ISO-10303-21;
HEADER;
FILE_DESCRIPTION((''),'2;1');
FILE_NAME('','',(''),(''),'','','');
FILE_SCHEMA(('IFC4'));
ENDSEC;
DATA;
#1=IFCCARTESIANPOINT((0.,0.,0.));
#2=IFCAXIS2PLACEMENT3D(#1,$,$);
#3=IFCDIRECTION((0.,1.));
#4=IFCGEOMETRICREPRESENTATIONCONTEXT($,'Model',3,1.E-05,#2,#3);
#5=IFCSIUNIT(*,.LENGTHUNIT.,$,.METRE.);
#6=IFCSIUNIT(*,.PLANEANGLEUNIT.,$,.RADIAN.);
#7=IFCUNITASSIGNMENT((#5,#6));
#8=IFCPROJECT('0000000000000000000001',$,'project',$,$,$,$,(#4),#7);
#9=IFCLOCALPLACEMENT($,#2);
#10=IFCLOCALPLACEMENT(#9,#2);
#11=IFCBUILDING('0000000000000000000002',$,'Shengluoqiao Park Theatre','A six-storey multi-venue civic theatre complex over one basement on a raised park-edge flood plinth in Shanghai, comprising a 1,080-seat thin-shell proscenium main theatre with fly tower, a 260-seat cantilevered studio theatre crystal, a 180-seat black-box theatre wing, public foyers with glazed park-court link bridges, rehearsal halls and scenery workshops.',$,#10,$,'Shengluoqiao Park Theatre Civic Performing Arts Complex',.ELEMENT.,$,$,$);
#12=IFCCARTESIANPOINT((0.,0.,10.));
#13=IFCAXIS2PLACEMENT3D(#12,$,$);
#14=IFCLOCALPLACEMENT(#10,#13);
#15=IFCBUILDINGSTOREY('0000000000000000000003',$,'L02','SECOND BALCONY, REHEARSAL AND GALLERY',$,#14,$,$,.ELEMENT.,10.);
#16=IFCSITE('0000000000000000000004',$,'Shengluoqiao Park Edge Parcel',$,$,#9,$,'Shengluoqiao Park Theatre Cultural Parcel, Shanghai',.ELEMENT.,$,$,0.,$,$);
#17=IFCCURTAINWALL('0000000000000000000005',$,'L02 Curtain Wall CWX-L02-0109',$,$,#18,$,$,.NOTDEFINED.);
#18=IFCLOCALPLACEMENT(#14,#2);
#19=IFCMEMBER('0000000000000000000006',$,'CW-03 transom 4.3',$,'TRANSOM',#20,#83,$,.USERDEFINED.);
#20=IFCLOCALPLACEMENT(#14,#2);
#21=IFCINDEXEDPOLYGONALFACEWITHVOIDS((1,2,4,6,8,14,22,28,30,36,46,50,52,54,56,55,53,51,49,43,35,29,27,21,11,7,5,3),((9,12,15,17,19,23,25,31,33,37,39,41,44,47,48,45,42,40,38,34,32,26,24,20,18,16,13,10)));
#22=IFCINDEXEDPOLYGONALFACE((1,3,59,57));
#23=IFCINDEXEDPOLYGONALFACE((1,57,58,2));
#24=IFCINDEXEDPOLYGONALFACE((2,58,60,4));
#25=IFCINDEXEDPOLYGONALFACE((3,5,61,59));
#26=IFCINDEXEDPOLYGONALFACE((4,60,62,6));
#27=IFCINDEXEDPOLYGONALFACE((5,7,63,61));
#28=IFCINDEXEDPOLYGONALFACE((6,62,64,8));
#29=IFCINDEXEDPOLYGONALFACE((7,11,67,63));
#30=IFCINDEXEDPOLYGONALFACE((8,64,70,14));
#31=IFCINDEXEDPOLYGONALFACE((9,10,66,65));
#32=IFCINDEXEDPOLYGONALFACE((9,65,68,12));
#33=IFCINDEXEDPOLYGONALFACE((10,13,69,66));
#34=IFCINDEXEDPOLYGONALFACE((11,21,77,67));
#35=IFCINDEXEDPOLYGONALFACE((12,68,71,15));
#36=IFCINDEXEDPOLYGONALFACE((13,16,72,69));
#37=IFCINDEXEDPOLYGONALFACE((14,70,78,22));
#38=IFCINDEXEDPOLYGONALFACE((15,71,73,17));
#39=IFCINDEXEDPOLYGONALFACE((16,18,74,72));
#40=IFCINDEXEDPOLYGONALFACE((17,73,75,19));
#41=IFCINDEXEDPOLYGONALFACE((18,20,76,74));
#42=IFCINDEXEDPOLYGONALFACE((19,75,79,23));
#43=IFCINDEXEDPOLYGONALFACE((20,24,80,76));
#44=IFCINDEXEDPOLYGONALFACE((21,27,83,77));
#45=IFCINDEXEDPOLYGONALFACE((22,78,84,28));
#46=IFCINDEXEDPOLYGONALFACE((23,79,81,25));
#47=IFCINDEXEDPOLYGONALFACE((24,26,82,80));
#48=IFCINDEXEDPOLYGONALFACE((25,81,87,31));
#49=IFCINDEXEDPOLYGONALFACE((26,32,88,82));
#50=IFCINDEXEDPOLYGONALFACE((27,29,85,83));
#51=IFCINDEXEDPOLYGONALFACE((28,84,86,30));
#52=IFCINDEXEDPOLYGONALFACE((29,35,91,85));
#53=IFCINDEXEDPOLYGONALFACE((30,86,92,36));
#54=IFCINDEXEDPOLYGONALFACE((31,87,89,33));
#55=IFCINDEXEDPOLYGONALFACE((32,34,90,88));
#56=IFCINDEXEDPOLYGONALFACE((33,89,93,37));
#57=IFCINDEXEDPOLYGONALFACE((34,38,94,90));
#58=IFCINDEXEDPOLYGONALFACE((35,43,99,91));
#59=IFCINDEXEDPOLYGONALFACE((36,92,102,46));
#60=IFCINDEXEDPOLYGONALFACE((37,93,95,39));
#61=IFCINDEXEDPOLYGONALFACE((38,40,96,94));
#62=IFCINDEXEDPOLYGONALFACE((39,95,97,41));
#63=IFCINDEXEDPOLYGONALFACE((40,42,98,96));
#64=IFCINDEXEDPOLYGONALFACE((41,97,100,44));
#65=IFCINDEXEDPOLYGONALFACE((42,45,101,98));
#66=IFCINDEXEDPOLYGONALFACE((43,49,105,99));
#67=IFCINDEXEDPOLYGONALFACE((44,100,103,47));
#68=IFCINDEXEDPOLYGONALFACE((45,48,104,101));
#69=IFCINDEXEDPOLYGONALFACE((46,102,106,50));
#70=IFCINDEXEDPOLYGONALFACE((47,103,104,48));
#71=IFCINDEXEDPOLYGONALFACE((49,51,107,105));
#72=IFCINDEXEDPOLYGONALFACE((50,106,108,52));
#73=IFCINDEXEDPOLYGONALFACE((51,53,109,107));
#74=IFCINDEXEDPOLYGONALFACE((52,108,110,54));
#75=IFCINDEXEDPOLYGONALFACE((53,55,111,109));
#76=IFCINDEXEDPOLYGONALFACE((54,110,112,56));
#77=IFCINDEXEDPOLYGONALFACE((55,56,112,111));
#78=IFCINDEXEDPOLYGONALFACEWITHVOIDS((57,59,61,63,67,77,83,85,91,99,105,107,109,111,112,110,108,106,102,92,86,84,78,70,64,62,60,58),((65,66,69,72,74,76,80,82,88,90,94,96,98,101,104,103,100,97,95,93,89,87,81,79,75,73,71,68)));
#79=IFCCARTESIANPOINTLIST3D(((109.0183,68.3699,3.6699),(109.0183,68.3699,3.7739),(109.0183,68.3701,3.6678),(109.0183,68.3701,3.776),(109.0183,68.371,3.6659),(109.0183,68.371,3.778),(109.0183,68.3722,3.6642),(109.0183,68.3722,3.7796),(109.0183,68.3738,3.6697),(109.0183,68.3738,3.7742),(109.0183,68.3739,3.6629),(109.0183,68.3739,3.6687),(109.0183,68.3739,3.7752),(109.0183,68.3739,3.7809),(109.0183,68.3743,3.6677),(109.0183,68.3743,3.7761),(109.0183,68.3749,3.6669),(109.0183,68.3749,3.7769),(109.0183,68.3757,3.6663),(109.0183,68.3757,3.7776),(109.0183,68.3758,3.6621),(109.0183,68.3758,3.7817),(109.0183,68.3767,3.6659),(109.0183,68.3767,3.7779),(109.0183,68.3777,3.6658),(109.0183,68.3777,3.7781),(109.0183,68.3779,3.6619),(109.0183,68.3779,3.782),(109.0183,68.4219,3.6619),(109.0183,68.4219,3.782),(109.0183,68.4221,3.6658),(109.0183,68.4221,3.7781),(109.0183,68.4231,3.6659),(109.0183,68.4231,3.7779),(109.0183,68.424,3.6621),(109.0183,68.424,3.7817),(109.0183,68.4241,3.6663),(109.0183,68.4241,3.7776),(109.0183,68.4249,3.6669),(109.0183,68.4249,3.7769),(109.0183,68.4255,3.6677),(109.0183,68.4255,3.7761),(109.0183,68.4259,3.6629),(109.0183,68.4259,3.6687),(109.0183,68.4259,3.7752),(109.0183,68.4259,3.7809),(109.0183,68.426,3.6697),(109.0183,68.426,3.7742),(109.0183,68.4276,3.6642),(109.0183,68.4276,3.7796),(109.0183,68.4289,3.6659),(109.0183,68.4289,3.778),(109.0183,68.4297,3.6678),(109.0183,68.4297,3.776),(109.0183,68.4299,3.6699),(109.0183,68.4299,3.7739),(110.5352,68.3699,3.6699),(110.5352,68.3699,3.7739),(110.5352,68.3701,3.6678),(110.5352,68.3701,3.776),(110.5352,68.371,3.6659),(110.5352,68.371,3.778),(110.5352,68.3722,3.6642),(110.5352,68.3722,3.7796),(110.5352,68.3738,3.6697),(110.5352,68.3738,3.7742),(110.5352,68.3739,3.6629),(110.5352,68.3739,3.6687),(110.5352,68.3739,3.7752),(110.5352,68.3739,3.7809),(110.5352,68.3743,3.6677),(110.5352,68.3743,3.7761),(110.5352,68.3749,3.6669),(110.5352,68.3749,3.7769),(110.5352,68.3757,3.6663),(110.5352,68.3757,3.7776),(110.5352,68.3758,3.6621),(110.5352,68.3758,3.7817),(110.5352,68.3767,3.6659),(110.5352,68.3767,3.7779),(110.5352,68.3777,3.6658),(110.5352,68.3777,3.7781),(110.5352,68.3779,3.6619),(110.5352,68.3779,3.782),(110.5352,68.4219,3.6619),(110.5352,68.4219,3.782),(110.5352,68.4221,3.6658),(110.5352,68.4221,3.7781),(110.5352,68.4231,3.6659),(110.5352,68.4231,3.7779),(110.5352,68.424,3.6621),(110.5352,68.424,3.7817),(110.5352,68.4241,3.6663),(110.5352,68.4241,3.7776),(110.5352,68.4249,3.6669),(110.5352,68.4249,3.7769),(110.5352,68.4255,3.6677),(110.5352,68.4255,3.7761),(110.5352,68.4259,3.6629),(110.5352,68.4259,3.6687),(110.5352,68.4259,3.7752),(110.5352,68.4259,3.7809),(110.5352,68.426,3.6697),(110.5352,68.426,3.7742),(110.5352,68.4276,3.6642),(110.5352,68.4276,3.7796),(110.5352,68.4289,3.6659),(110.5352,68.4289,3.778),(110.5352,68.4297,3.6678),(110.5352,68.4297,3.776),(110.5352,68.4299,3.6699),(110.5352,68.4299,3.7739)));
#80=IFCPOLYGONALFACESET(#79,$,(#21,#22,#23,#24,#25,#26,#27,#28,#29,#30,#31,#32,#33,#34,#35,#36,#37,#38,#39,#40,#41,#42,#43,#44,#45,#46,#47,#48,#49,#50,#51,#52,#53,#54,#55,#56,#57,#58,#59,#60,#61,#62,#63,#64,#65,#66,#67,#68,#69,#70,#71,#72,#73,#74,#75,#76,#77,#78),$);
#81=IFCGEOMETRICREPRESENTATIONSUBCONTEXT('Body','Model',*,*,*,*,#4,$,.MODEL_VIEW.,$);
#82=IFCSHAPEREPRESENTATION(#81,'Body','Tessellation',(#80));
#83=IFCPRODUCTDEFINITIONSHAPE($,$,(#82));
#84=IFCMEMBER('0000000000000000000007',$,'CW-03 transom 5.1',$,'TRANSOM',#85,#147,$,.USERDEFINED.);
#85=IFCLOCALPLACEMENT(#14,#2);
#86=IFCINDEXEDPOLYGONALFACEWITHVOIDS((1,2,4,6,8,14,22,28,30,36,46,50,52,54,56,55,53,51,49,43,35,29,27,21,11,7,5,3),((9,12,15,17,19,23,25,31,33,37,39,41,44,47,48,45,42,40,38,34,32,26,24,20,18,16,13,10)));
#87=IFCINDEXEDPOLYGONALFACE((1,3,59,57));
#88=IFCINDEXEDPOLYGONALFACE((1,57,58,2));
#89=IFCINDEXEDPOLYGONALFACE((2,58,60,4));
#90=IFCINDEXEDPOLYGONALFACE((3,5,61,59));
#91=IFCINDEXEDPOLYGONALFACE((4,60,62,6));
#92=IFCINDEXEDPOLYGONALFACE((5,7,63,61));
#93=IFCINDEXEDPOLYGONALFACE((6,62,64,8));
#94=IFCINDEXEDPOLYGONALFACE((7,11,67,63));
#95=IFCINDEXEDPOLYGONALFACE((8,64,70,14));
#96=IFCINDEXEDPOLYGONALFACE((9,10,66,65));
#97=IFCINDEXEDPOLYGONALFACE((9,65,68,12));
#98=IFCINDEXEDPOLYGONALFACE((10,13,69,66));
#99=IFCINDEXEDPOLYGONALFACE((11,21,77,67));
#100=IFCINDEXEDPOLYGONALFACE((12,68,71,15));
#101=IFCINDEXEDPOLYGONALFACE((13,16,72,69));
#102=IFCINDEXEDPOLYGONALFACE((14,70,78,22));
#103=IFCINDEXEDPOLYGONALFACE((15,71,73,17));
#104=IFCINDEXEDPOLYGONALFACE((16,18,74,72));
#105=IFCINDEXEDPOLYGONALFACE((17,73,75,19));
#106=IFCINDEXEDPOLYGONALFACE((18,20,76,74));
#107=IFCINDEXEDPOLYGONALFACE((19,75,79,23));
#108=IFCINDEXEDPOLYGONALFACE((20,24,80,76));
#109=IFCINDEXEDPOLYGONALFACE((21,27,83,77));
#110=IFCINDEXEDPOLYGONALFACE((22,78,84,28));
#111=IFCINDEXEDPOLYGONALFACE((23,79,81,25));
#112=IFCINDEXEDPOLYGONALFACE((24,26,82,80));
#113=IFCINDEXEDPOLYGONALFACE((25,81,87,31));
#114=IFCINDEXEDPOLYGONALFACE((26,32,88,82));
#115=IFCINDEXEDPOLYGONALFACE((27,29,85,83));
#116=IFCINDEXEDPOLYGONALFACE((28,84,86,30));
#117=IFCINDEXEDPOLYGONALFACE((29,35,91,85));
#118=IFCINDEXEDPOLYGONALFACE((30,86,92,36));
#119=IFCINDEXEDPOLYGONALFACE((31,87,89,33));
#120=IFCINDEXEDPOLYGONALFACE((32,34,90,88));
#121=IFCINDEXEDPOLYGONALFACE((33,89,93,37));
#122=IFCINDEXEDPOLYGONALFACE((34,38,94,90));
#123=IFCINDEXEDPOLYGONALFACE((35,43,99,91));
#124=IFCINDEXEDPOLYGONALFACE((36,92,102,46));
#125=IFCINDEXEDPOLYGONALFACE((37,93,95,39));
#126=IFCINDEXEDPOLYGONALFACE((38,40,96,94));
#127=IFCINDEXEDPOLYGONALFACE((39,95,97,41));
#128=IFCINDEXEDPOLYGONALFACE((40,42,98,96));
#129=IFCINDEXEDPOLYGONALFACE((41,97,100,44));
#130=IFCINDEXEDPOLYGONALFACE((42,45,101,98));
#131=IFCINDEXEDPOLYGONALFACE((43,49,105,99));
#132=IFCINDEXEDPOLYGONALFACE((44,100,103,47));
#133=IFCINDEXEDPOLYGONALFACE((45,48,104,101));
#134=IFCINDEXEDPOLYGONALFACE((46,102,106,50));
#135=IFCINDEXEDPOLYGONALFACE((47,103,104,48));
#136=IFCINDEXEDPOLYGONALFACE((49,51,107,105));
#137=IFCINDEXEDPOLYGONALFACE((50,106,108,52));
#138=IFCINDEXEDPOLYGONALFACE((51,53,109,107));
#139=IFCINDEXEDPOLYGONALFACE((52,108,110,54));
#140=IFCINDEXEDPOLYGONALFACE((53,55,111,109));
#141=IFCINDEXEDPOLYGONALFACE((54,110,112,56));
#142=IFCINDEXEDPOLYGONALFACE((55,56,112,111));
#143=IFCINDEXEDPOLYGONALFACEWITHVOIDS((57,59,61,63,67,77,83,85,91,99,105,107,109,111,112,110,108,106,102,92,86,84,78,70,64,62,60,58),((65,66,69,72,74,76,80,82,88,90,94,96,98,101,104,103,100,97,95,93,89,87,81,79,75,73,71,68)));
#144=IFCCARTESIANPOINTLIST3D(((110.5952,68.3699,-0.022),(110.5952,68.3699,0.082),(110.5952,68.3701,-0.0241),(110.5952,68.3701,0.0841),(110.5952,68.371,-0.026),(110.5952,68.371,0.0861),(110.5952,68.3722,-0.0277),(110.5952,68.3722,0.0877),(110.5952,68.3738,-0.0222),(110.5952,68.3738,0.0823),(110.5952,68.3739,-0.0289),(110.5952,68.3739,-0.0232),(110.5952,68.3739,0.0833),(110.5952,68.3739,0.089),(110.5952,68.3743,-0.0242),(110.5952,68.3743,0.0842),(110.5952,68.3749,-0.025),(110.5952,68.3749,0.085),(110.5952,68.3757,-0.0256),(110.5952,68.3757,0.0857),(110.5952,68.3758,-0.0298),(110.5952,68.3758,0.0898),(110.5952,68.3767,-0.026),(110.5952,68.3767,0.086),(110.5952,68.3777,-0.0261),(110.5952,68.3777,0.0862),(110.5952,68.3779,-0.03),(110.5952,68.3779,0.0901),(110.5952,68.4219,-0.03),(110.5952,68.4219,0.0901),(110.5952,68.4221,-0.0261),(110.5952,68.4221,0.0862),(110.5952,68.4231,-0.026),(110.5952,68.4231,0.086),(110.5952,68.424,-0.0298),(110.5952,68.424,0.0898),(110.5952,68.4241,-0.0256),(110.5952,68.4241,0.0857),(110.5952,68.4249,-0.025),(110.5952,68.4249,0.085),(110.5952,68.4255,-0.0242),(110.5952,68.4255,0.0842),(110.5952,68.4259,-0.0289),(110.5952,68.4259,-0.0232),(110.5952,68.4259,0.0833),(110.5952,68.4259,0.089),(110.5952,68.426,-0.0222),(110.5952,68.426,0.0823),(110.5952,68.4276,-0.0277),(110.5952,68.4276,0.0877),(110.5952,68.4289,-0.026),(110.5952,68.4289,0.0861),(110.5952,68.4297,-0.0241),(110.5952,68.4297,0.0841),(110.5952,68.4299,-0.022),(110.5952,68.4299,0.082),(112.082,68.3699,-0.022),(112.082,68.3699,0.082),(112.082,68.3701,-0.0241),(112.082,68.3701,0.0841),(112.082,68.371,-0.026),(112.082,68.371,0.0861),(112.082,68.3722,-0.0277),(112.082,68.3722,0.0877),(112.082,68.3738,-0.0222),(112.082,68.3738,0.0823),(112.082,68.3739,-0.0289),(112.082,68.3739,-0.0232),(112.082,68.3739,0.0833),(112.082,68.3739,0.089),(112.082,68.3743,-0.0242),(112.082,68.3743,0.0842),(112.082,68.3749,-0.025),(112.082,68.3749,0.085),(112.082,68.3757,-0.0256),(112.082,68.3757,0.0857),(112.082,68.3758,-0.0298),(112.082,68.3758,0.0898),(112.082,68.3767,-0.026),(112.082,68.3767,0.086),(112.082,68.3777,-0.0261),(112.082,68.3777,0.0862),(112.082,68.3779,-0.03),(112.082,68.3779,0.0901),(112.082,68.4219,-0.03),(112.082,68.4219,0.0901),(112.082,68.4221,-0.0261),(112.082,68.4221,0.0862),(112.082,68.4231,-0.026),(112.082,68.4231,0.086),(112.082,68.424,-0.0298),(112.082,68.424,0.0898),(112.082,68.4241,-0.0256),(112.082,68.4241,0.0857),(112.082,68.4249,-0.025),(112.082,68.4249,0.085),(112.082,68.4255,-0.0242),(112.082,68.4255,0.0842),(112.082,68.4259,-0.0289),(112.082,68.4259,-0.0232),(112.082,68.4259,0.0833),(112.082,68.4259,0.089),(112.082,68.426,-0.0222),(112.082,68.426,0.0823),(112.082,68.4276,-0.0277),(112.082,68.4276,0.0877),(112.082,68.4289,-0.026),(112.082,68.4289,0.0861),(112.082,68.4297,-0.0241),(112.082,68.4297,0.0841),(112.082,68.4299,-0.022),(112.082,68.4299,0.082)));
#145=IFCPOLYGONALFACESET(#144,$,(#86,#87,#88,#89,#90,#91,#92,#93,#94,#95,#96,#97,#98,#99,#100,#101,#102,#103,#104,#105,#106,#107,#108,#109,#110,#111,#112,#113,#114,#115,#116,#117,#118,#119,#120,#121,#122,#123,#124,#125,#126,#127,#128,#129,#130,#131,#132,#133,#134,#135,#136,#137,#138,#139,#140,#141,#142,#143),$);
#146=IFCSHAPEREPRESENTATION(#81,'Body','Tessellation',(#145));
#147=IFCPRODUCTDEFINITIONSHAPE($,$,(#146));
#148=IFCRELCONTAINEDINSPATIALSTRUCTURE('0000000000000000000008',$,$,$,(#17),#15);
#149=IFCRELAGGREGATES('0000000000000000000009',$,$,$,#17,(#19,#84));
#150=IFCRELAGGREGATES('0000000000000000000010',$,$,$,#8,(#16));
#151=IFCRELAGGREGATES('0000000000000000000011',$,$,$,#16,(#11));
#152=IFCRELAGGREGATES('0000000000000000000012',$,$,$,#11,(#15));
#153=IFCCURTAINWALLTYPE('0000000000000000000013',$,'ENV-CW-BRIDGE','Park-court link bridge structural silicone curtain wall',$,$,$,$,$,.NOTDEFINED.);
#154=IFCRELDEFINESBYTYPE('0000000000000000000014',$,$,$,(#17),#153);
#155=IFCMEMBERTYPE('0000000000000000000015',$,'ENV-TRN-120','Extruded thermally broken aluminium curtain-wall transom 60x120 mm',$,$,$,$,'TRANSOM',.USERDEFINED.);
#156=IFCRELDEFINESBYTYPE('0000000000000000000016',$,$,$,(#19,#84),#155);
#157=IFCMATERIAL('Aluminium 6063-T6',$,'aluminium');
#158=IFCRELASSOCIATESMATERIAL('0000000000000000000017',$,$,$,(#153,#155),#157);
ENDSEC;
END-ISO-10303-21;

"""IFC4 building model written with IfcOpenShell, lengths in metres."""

from ifc_helpers import new_model, si_unit, direction, frame, origin, origin_2d, place, context, subcontext, project, spatial, hollow_rectangle, extrude, material, material_profile, profile_set, type_object, element, aggregate, save


model = new_model("IFC4")

# Units and contexts
model_context = context("Model", 3, precision=1e-05, world=origin(), true_north=direction((0.0, 1.0)))
body_context = subcontext(model_context, "Body", "Model", "MODEL_VIEW")
ifc_project = project(units=[si_unit("LENGTHUNIT", "METRE"), si_unit("PLANEANGLEUNIT", "RADIAN")], contexts=[model_context])

# Site, building, storey
site_placement = place(None, origin())
site = spatial("IfcSite", under=ifc_project, at=site_placement, Name="Shengluoqiao Park Edge Parcel", LongName="Shengluoqiao Park Theatre Cultural Parcel, Shanghai", CompositionType="ELEMENT", RefElevation=0.0)
building_placement = place(site_placement, origin())
building = spatial("IfcBuilding", under=site, at=building_placement, Name="Shengluoqiao Park Theatre", Description="A six-storey multi-venue civic theatre complex over one basement on a raised park-edge flood plinth in Shanghai, comprising a 1,080-seat thin-shell proscenium main theatre with fly tower, a 260-seat cantilevered studio theatre crystal, a 180-seat black-box theatre wing, public foyers with glazed park-court link bridges, rehearsal halls and scenery workshops.", LongName="Shengluoqiao Park Theatre Civic Performing Arts Complex", CompositionType="ELEMENT")
storey_placement = place(building_placement, frame((0.0, 0.0, 10.0)))
storey = spatial("IfcBuildingStorey", under=building, at=storey_placement, Name="L02", Description="SECOND BALCONY, REHEARSAL AND GALLERY", CompositionType="ELEMENT", Elevation=10.0)

# Curtain wall, members
ifc_material_1 = material(Name="Aluminium 6063-T6", Category="aluminium")
curtain_wall_type = type_object("IfcCurtainWallType", Name="ENV-CW-BRIDGE", Description="Park-court link bridge structural silicone curtain wall", PredefinedType="NOTDEFINED", material=ifc_material_1)
curtain_wall_placement = place(storey_placement, origin())
curtain_wall = element("IfcCurtainWall", 1, at=curtain_wall_placement, inside=storey, type_object=curtain_wall_type, Name="L02 Curtain Wall CWX-L02-0109", PredefinedType="NOTDEFINED")
ifc_material_profile_1 = material_profile(ifc_material_1, hollow_rectangle(XDim=0.0601, YDim=0.1201, WallThickness=0.0039, InnerFilletRadius=0.0039, OuterFilletRadius=0.0081, at=origin_2d()), Name="ALU TRANSOM 120x60x4")
ifc_profile_set_1 = profile_set([ifc_material_profile_1], Name="Aluminium 6063-T6")
member_type_1 = type_object("IfcMemberType", Name="ENV-TRN-120", Description="Extruded thermally broken aluminium curtain-wall transom 60x120 mm", ElementType="TRANSOM", PredefinedType="USERDEFINED", material=ifc_profile_set_1)
member_1_placement = place(storey_placement, frame((109.0183, 68.3999, 3.7219), z_axis=(1.0, 0.0, 0.0), x_axis=(0.0, 1.0, 0.0)))
member_1 = element("IfcMember", 2, at=member_1_placement, type_object=member_type_1, Name="CW-03 transom 4.3", ObjectType="TRANSOM", PredefinedType="USERDEFINED", context=body_context, shape_type="SweptSolid", body=[
    extrude(hollow_rectangle(XDim=0.0601, YDim=0.1201, WallThickness=0.0039, InnerFilletRadius=0.0039, OuterFilletRadius=0.0081, at=origin_2d()), origin(), (0.0, 0.0, 1.0), 1.5168),
])
member_2_placement = place(storey_placement, frame((110.5952, 68.3999, 0.03), z_axis=(1.0, 0.0, 0.0), x_axis=(0.0, 1.0, 0.0)))
member_2 = element("IfcMember", 3, at=member_2_placement, type_object=member_type_1, Name="CW-03 transom 5.1", ObjectType="TRANSOM", PredefinedType="USERDEFINED", context=body_context, shape_type="SweptSolid", body=[
    extrude(hollow_rectangle(XDim=0.0601, YDim=0.1201, WallThickness=0.0039, InnerFilletRadius=0.0039, OuterFilletRadius=0.0081, at=origin_2d()), origin(), (0.0, 0.0, 1.0), 1.4868),
])
aggregate(curtain_wall, [member_1, member_2])

save(model, "model.ifc")
